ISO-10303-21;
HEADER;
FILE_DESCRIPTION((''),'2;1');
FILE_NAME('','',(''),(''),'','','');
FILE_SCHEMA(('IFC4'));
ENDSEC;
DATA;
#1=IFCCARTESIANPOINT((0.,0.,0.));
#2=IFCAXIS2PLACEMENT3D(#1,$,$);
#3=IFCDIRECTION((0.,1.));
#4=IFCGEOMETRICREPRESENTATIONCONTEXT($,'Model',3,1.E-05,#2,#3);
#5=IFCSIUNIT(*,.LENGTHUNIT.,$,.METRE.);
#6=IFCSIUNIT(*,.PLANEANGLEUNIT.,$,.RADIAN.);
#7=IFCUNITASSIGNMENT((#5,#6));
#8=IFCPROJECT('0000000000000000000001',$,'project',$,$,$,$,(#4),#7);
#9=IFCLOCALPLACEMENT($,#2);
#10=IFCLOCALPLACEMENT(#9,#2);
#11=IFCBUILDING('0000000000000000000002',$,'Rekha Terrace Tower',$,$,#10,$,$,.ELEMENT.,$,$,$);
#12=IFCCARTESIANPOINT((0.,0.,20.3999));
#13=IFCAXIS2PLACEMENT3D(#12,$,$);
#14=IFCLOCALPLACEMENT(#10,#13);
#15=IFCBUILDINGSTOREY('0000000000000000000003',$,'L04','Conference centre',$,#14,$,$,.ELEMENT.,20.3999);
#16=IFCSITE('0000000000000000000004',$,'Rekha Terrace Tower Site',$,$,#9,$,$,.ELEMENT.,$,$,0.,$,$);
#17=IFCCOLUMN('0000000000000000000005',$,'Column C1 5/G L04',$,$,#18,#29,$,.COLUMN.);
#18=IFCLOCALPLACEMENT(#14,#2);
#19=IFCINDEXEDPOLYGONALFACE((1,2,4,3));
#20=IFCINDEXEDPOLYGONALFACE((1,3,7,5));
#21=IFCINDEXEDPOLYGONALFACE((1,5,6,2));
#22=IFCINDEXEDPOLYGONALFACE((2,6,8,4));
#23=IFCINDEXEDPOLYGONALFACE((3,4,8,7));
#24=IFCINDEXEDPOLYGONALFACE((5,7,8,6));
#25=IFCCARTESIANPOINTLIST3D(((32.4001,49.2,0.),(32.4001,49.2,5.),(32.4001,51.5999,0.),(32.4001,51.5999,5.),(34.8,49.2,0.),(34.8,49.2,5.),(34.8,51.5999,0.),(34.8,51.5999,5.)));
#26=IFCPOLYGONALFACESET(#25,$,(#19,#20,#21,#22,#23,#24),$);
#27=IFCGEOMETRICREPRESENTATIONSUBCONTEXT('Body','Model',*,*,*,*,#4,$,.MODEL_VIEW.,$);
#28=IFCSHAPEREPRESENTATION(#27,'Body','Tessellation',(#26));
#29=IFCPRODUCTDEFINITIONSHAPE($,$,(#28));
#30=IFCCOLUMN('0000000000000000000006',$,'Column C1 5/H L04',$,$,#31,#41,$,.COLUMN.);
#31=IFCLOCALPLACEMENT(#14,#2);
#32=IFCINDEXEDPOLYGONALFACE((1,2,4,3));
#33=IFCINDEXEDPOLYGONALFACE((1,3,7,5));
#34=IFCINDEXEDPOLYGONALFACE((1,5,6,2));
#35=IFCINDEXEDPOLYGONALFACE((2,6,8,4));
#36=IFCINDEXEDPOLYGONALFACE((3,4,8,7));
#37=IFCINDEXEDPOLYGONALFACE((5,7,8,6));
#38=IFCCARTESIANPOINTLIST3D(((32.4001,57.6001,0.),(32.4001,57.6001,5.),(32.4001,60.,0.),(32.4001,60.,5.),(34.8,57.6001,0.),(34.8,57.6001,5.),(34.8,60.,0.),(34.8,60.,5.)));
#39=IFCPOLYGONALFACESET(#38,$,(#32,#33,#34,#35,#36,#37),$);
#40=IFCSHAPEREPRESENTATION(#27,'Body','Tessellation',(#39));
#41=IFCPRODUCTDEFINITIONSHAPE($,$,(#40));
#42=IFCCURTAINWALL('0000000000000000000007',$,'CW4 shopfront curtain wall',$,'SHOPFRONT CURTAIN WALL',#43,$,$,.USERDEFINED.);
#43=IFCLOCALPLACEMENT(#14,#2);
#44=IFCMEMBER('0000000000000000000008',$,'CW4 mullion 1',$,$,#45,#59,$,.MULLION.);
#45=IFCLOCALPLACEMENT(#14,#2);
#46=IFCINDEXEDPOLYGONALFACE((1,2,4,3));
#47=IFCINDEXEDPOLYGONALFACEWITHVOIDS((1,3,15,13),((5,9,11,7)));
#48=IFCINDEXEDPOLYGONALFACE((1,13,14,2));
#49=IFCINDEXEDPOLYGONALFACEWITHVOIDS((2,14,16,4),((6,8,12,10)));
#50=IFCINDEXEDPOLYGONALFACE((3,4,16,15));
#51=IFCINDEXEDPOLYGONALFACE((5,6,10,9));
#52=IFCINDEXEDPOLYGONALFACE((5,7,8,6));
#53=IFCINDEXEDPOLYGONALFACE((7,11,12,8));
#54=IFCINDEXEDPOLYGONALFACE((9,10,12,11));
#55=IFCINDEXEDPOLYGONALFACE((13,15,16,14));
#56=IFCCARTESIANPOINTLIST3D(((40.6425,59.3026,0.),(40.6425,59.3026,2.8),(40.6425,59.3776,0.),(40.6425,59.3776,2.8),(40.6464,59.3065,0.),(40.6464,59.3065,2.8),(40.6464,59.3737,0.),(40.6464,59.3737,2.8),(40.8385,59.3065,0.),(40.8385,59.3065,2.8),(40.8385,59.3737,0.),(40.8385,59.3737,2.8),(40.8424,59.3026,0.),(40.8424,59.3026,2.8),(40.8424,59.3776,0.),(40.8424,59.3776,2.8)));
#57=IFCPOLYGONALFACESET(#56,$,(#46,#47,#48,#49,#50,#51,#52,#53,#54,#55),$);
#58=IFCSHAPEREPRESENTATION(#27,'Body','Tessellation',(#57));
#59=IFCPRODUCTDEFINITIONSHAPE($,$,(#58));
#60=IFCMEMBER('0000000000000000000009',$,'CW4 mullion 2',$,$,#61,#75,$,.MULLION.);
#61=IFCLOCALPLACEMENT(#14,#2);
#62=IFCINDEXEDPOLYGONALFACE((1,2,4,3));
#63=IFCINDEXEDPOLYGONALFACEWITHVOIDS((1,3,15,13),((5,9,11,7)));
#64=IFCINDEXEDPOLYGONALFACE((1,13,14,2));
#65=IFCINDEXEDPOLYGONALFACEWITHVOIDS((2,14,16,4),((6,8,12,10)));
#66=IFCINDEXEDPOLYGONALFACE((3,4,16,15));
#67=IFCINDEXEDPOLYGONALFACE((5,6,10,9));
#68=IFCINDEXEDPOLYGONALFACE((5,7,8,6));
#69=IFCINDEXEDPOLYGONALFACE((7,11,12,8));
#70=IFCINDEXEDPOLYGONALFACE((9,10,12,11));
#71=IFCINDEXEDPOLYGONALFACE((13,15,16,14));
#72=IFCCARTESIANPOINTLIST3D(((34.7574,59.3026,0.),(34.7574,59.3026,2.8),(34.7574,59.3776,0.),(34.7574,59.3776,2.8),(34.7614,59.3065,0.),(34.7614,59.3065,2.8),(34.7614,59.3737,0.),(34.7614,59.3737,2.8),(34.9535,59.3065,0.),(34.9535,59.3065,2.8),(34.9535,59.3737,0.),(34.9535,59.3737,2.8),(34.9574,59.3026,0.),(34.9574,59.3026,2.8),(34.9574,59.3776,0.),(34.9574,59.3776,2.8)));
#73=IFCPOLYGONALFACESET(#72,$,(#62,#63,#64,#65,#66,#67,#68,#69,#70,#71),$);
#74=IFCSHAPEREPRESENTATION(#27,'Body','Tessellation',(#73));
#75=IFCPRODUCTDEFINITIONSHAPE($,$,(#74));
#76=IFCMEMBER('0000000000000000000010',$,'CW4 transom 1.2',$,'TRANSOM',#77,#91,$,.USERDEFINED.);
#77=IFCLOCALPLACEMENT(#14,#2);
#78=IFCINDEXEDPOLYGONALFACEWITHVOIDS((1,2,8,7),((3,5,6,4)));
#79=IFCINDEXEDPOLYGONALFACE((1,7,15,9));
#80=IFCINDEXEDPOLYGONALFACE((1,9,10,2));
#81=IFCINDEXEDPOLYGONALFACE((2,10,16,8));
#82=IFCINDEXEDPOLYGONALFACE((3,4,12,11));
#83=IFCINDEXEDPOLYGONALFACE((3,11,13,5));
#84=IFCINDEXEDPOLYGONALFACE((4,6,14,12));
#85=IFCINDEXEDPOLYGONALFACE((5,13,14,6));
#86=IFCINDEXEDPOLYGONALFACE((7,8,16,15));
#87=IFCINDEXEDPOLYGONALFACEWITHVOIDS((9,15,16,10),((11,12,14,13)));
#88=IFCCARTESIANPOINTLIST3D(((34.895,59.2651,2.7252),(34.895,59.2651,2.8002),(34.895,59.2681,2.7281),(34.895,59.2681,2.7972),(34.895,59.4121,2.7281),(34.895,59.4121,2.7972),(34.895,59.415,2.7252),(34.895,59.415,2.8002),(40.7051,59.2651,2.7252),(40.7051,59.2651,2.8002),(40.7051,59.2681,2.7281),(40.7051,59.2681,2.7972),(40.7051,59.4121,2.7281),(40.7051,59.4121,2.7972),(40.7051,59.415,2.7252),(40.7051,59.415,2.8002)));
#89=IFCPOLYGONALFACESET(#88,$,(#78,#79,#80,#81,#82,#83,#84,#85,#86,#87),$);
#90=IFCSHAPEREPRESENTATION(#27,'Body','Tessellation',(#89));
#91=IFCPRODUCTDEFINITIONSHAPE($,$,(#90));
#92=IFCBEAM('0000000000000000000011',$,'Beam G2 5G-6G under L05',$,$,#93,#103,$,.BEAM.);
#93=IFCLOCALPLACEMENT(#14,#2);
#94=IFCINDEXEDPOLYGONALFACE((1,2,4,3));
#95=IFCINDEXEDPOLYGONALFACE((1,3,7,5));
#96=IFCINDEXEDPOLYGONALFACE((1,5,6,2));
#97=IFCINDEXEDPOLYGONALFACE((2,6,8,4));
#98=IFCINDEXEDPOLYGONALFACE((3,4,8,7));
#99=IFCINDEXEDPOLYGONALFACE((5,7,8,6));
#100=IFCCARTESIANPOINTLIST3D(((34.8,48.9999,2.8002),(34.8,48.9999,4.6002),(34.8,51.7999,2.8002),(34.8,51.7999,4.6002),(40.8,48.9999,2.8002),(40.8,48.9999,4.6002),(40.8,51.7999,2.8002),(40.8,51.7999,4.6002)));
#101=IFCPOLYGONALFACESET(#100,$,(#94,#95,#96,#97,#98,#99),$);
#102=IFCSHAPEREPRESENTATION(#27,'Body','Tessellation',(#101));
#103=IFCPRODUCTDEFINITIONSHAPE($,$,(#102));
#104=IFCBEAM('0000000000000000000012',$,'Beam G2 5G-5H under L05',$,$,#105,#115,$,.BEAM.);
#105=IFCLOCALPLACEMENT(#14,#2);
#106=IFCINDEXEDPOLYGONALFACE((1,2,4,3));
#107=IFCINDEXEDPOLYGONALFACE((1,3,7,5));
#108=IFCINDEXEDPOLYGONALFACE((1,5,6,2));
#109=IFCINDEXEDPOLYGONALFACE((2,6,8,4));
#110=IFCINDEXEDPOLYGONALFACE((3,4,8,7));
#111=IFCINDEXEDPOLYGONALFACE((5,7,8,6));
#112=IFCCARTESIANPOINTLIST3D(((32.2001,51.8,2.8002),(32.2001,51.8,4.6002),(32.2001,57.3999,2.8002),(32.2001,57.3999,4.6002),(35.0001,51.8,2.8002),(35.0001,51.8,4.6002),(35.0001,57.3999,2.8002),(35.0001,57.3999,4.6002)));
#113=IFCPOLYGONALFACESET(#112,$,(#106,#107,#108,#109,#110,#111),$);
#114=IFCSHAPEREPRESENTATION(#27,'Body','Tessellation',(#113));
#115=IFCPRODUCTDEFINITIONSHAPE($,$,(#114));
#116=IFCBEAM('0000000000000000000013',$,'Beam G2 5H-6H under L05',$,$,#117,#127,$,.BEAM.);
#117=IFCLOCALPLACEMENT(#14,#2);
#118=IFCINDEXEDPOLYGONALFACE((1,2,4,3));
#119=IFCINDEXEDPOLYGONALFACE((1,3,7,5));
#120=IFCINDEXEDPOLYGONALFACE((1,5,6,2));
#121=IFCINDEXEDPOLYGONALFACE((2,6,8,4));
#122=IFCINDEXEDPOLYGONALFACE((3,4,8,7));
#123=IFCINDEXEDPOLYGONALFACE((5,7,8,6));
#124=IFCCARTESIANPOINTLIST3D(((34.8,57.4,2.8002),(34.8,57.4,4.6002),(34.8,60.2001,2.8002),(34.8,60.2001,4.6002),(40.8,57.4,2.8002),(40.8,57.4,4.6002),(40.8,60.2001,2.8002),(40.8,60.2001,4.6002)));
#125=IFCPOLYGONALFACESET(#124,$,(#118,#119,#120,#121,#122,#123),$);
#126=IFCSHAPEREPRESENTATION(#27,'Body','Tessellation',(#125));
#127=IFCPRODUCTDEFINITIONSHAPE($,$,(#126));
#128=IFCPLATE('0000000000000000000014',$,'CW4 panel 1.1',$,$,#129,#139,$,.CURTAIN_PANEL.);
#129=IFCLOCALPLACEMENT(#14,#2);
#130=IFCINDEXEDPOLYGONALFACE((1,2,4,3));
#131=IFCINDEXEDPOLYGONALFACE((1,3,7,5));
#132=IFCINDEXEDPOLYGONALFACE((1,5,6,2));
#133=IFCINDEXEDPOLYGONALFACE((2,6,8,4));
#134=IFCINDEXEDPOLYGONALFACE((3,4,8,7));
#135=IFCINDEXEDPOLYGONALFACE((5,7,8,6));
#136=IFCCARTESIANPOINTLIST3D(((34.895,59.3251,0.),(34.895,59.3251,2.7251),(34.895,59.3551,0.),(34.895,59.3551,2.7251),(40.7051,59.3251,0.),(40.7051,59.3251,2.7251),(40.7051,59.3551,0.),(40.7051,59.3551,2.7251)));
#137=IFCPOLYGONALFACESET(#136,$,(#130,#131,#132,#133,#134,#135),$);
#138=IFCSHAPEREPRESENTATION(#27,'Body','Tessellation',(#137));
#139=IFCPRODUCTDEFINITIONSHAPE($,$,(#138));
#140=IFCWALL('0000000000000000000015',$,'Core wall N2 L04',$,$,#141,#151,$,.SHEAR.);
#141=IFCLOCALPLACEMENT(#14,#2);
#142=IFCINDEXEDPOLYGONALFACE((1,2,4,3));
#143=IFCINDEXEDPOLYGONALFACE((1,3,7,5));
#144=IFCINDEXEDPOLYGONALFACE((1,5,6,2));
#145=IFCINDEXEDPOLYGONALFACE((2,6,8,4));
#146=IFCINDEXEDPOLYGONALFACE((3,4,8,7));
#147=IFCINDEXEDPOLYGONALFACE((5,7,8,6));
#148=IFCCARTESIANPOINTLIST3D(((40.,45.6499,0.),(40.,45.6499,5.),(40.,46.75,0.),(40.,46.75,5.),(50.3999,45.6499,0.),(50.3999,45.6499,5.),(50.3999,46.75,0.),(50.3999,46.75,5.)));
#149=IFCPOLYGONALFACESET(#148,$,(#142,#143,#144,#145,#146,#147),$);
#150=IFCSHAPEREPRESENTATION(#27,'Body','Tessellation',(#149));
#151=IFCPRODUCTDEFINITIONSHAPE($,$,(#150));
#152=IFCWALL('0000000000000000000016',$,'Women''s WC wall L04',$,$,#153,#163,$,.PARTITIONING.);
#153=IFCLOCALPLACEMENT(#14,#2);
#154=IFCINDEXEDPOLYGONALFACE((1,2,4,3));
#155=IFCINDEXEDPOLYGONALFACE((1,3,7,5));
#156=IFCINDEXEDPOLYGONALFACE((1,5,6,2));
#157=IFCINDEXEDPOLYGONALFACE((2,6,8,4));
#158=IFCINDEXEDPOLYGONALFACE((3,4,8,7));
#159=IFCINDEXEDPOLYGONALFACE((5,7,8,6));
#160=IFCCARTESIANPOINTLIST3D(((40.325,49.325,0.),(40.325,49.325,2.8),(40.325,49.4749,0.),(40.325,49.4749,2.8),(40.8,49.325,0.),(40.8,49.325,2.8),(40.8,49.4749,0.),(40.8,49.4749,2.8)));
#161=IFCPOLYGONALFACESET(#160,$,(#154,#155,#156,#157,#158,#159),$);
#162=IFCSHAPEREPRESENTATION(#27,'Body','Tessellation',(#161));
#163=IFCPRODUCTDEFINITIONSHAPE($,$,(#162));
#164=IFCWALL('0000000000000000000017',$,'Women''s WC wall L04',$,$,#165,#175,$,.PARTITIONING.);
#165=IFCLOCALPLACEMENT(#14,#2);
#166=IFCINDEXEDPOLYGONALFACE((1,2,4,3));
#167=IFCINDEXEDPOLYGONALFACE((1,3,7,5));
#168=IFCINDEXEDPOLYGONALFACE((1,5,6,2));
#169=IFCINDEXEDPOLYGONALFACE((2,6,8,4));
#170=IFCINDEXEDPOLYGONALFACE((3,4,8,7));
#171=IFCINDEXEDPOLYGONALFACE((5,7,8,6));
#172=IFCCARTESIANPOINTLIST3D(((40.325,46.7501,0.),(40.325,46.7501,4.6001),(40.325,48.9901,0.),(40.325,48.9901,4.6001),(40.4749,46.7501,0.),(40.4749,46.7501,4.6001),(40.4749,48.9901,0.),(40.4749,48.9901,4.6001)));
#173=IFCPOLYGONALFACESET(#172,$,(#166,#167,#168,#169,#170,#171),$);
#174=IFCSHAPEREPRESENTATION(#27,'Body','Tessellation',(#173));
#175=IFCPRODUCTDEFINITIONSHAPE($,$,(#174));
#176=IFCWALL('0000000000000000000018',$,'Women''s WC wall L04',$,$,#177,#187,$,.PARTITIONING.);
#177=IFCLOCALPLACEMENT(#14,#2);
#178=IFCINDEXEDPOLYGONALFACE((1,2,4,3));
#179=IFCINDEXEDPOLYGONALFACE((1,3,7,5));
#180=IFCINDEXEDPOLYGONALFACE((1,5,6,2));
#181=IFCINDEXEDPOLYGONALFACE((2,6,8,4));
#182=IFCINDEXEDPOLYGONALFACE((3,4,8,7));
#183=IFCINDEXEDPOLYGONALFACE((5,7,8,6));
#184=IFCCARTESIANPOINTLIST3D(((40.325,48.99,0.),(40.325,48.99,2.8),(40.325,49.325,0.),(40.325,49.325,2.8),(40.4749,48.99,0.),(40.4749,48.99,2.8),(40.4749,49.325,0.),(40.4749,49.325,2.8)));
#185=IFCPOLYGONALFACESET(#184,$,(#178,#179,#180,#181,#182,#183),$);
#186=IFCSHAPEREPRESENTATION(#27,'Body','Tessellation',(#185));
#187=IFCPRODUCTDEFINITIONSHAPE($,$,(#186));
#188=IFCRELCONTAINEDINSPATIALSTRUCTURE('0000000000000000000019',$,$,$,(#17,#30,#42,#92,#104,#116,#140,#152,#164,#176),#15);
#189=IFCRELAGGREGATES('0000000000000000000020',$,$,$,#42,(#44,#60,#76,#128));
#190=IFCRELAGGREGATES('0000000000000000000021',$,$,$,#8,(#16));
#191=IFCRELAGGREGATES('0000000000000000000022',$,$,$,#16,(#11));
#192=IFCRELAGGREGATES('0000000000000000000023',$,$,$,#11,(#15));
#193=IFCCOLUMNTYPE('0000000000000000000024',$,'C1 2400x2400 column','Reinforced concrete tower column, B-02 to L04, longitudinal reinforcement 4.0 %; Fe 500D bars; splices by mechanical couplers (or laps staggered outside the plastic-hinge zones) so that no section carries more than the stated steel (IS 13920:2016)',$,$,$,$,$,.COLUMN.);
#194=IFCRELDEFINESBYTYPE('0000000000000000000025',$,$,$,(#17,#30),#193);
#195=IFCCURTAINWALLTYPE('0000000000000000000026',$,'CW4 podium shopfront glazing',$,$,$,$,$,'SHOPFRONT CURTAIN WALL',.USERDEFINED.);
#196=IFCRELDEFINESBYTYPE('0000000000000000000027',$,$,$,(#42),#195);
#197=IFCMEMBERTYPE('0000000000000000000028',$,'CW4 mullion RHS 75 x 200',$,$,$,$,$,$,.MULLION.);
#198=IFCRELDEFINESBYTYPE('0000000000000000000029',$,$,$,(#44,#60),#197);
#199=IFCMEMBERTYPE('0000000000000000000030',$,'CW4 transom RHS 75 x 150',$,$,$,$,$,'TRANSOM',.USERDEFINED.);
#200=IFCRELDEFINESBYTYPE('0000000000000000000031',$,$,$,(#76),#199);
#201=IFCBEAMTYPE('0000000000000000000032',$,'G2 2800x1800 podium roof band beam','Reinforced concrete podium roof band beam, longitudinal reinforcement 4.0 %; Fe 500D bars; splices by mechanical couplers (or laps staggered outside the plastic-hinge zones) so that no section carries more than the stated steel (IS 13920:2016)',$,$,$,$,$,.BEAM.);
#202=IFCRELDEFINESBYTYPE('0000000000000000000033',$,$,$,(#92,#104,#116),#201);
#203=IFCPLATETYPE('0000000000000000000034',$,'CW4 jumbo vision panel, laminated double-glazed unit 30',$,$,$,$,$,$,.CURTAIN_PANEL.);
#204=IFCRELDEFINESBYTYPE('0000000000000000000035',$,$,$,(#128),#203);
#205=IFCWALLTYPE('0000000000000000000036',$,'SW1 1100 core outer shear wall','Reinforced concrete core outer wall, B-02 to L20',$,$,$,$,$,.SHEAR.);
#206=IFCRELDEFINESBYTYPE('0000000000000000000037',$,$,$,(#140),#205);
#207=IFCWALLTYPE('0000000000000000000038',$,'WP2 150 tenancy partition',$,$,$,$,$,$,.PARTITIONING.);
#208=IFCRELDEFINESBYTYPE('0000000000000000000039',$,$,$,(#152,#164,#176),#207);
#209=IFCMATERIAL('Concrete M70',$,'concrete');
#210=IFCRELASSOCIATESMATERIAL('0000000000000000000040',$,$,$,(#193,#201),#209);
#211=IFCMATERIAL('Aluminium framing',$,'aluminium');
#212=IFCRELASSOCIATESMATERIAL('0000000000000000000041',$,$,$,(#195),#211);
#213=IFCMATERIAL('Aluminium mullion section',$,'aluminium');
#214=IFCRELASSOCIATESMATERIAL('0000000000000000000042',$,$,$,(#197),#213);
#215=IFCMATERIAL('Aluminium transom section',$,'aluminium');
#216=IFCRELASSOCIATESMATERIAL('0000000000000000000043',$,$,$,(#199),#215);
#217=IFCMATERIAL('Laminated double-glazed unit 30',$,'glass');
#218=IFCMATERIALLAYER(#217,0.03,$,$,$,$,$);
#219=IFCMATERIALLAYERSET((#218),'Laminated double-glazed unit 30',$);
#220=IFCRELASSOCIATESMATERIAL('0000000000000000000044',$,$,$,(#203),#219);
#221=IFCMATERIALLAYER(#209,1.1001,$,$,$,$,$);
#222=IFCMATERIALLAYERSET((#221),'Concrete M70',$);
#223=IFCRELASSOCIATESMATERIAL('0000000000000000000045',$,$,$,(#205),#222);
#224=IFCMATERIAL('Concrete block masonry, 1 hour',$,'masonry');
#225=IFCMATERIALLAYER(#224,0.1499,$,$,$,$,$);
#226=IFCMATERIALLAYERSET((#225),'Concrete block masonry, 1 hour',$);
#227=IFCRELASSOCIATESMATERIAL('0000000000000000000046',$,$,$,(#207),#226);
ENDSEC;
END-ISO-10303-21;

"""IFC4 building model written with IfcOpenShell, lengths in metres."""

from ifc_helpers import new_model, si_unit, direction, frame, frame_2d, origin, origin_2d, place, context, subcontext, project, spatial, rectangle, hollow_rectangle, extrude, material, layer, layer_set, material_profile, profile_set, type_object, element, aggregate, save


model = new_model("IFC4")

# Units and contexts
model_context = context("Model", 3, precision=1e-05, world=origin(), true_north=direction((0.0, 1.0)))
body_context = subcontext(model_context, "Body", "Model", "MODEL_VIEW")
ifc_project = project(units=[si_unit("LENGTHUNIT", "METRE"), si_unit("PLANEANGLEUNIT", "RADIAN")], contexts=[model_context])

# Site, building, storey
site_placement = place(None, origin())
site = spatial("IfcSite", under=ifc_project, at=site_placement, Name="Rekha Terrace Tower Site", CompositionType="ELEMENT", RefElevation=0.0)
building_placement = place(site_placement, origin())
building = spatial("IfcBuilding", under=site, at=building_placement, Name="Rekha Terrace Tower", CompositionType="ELEMENT")
storey_placement = place(building_placement, frame((0.0, 0.0, 20.3999)))
storey = spatial("IfcBuildingStorey", under=building, at=storey_placement, Name="L04", Description="Conference centre", CompositionType="ELEMENT", Elevation=20.3999)

# Columns
ifc_material_1 = material(Name="Concrete M70", Category="concrete")
ifc_material_profile_1 = material_profile(ifc_material_1, rectangle(XDim=2.3999, YDim=2.3999, at=origin_2d()), Name="RC 2400x2400")
ifc_profile_set_1 = profile_set([ifc_material_profile_1], Name="Concrete M70")
column_type = type_object("IfcColumnType", Name="C1 2400x2400 column", Description="Reinforced concrete tower column, B-02 to L04, longitudinal reinforcement 4.0 %; Fe 500D bars; splices by mechanical couplers (or laps staggered outside the plastic-hinge zones) so that no section carries more than the stated steel (IS 13920:2016)", PredefinedType="COLUMN", material=ifc_profile_set_1)
for number, where, z_axis, x_axis, name in (
    (1, (33.6001, 50.3999, 0.0), (0.0, 0.0, 1.0), (1.0, 0.0, 0.0), "Column C1 5/G L04"),
    (2, (33.6001, 58.8, 0.0), (0.0, 0.0, 1.0), (1.0, 0.0, 0.0), "Column C1 5/H L04"),
):
    element("IfcColumn", number, at=place(storey_placement, frame(where, z_axis=z_axis, x_axis=x_axis)), inside=storey, type_object=column_type, Name=name, PredefinedType="COLUMN", context=body_context, shape_type="SweptSolid", body=[
        extrude(rectangle(XDim=2.3999, YDim=2.3999, at=origin_2d()), origin(), (0.0, 0.0, 1.0), 5.0),
    ])

# Curtain wall, members
ifc_material_2 = material(Name="Aluminium framing", Category="aluminium")
curtain_wall_type = type_object("IfcCurtainWallType", Name="CW4 podium shopfront glazing", ElementType="SHOPFRONT CURTAIN WALL", PredefinedType="USERDEFINED", material=ifc_material_2)
curtain_wall_placement = place(storey_placement, origin())
curtain_wall = element("IfcCurtainWall", 3, at=curtain_wall_placement, inside=storey, type_object=curtain_wall_type, Name="CW4 shopfront curtain wall", ObjectType="SHOPFRONT CURTAIN WALL", PredefinedType="USERDEFINED")
ifc_material_3 = material(Name="Aluminium mullion section", Category="aluminium")
ifc_material_profile_2 = material_profile(ifc_material_3, hollow_rectangle(XDim=0.075, YDim=0.2, WallThickness=0.0039, at=origin_2d()), Name="AL RHS 75x200")
ifc_profile_set_2 = profile_set([ifc_material_profile_2], Name="Aluminium mullion section")
member_type_1 = type_object("IfcMemberType", Name="CW4 mullion RHS 75 x 200", PredefinedType="MULLION", material=ifc_profile_set_2)
member_1_placement = place(storey_placement, frame((40.7424, 59.3401, 0.0), z_axis=(0.0, 0.0, 1.0), x_axis=(0.0, -1.0, 0.0)))
member_1 = element("IfcMember", 4, at=member_1_placement, type_object=member_type_1, Name="CW4 mullion 1", PredefinedType="MULLION", context=body_context, shape_type="SweptSolid", body=[
    extrude(hollow_rectangle(XDim=0.075, YDim=0.2, WallThickness=0.0039, at=origin_2d()), origin(), (0.0, 0.0, 1.0), 2.8),
])
member_2_placement = place(storey_placement, frame((34.8574, 59.3401, 0.0), z_axis=(0.0, 0.0, 1.0), x_axis=(0.0, -1.0, 0.0)))
member_2 = element("IfcMember", 5, at=member_2_placement, type_object=member_type_1, Name="CW4 mullion 2", PredefinedType="MULLION", context=body_context, shape_type="SweptSolid", body=[
    extrude(hollow_rectangle(XDim=0.075, YDim=0.2, WallThickness=0.0039, at=origin_2d()), origin(), (0.0, 0.0, 1.0), 2.8),
])
ifc_material_4 = material(Name="Aluminium transom section", Category="aluminium")
ifc_material_profile_3 = material_profile(ifc_material_4, hollow_rectangle(XDim=0.1499, YDim=0.075, WallThickness=0.0029, at=origin_2d()), Name="AL RHS 150x75")
ifc_profile_set_3 = profile_set([ifc_material_profile_3], Name="Aluminium transom section")
member_type_2 = type_object("IfcMemberType", Name="CW4 transom RHS 75 x 150", ElementType="TRANSOM", PredefinedType="USERDEFINED", material=ifc_profile_set_3)
member_3_placement = place(storey_placement, frame((40.7051, 59.3401, 2.7627), z_axis=(-1.0, 0.0, 0.0), x_axis=(0.0, -1.0, 0.0)))
member_3 = element("IfcMember", 6, at=member_3_placement, type_object=member_type_2, Name="CW4 transom 1.2", ObjectType="TRANSOM", PredefinedType="USERDEFINED", context=body_context, shape_type="SweptSolid", body=[
    extrude(hollow_rectangle(XDim=0.1499, YDim=0.075, WallThickness=0.0029, at=origin_2d()), origin(), (0.0, 0.0, 1.0), 5.8101),
])

# Beams
ifc_material_profile_4 = material_profile(ifc_material_1, rectangle(XDim=2.8, YDim=1.8, at=origin_2d()), Name="RC 2800x1800")
ifc_profile_set_4 = profile_set([ifc_material_profile_4], Name="Concrete M70")
beam_type = type_object("IfcBeamType", Name="G2 2800x1800 podium roof band beam", Description="Reinforced concrete podium roof band beam, longitudinal reinforcement 4.0 %; Fe 500D bars; splices by mechanical couplers (or laps staggered outside the plastic-hinge zones) so that no section carries more than the stated steel (IS 13920:2016)", PredefinedType="BEAM", material=ifc_profile_set_4)
beam_1_placement = place(storey_placement, frame((34.8, 50.3999, 3.7002), z_axis=(1.0, 0.0, 0.0), x_axis=(0.0, 1.0, 0.0)))
element("IfcBeam", 7, at=beam_1_placement, inside=storey, type_object=beam_type, Name="Beam G2 5G-6G under L05", PredefinedType="BEAM", context=body_context, shape_type="SweptSolid", body=[
    extrude(rectangle(XDim=2.8, YDim=1.8, at=origin_2d()), origin(), (0.0, 0.0, 1.0), 6.0),
])
beam_2_placement = place(storey_placement, frame((33.6001, 51.8, 3.7002), z_axis=(0.0, 1.0, 0.0), x_axis=(-1.0, 0.0, 0.0)))
element("IfcBeam", 8, at=beam_2_placement, inside=storey, type_object=beam_type, Name="Beam G2 5G-5H under L05", PredefinedType="BEAM", context=body_context, shape_type="SweptSolid", body=[
    extrude(rectangle(XDim=2.8, YDim=1.8, at=origin_2d()), origin(), (0.0, 0.0, 1.0), 5.5999),
])
beam_3_placement = place(storey_placement, frame((34.8, 58.8, 3.7002), z_axis=(1.0, 0.0, 0.0), x_axis=(0.0, 1.0, 0.0)))
element("IfcBeam", 9, at=beam_3_placement, inside=storey, type_object=beam_type, Name="Beam G2 5H-6H under L05", PredefinedType="BEAM", context=body_context, shape_type="SweptSolid", body=[
    extrude(rectangle(XDim=2.8, YDim=1.8, at=origin_2d()), origin(), (0.0, 0.0, 1.0), 6.0),
])

# Plate
ifc_material_5 = material(Name="Laminated double-glazed unit 30", Category="glass")
ifc_layer_1 = layer(ifc_material_5, 0.03)
ifc_layer_set_1 = layer_set([ifc_layer_1], Name="Laminated double-glazed unit 30")
plate_type = type_object("IfcPlateType", Name="CW4 jumbo vision panel, laminated double-glazed unit 30", PredefinedType="CURTAIN_PANEL", material=ifc_layer_set_1)
plate_placement = place(storey_placement, frame((37.8, 59.3401, 0.0), z_axis=(0.0, 0.0, 1.0), x_axis=(-1.0, 0.0, 0.0)))
plate = element("IfcPlate", 10, at=plate_placement, type_object=plate_type, Name="CW4 panel 1.1", PredefinedType="CURTAIN_PANEL", context=body_context, shape_type="SweptSolid", body=[
    extrude(rectangle(XDim=5.8101, YDim=0.03, at=origin_2d()), origin(), (0.0, 0.0, 1.0), 2.7251),
])
aggregate(curtain_wall, [member_1, member_2, member_3, plate])

# Walls
ifc_layer_2 = layer(ifc_material_1, 1.1001)
ifc_layer_set_2 = layer_set([ifc_layer_2], Name="Concrete M70")
wall_type_1 = type_object("IfcWallType", Name="SW1 1100 core outer shear wall", Description="Reinforced concrete core outer wall, B-02 to L20", PredefinedType="SHEAR", material=ifc_layer_set_2)
wall_1_placement = place(storey_placement, frame((40.0, 46.2, 0.0), z_axis=(0.0, 0.0, 1.0), x_axis=(1.0, 0.0, 0.0)))
element("IfcWall", 11, at=wall_1_placement, inside=storey, type_object=wall_type_1, Name="Core wall N2 L04", PredefinedType="SHEAR", context=body_context, shape_type="SweptSolid", body=[
    extrude(rectangle(XDim=10.3999, YDim=1.1001, at=frame_2d((5.2, 0.0))), origin(), (0.0, 0.0, 1.0), 5.0),
])
ifc_material_6 = material(Name="Concrete block masonry, 1 hour", Category="masonry")
ifc_layer_3 = layer(ifc_material_6, 0.1499)
ifc_layer_set_3 = layer_set([ifc_layer_3], Name="Concrete block masonry, 1 hour")
wall_type_2 = type_object("IfcWallType", Name="WP2 150 tenancy partition", PredefinedType="PARTITIONING", material=ifc_layer_set_3)
wall_2_placement = place(storey_placement, frame((40.325, 49.3999, 0.0), z_axis=(0.0, 0.0, 1.0), x_axis=(1.0, 0.0, 0.0)))
element("IfcWall", 12, at=wall_2_placement, inside=storey, type_object=wall_type_2, Name="Women's WC wall L04", PredefinedType="PARTITIONING", context=body_context, shape_type="SweptSolid", body=[
    extrude(rectangle(XDim=0.4751, YDim=0.1499, at=frame_2d((0.2375, 0.0))), origin(), (0.0, 0.0, 1.0), 2.8),
])
wall_3_placement = place(storey_placement, frame((40.3999, 46.75, 0.0), z_axis=(0.0, 0.0, 1.0), x_axis=(0.0, 1.0, 0.0)))
element("IfcWall", 13, at=wall_3_placement, inside=storey, type_object=wall_type_2, Name="Women's WC wall L04", PredefinedType="PARTITIONING", context=body_context, shape_type="SweptSolid", body=[
    extrude(rectangle(XDim=2.24, YDim=0.1499, at=frame_2d((1.1201, 0.0))), origin(), (0.0, 0.0, 1.0), 4.6001),
])
wall_4_placement = place(storey_placement, frame((40.3999, 48.99, 0.0), z_axis=(0.0, 0.0, 1.0), x_axis=(0.0, 1.0, 0.0)))
element("IfcWall", 14, at=wall_4_placement, inside=storey, type_object=wall_type_2, Name="Women's WC wall L04", PredefinedType="PARTITIONING", context=body_context, shape_type="SweptSolid", body=[
    extrude(rectangle(XDim=0.335, YDim=0.1499, at=frame_2d((0.1675, 0.0))), origin(), (0.0, 0.0, 1.0), 2.8),
])

save(model, "model.ifc")
